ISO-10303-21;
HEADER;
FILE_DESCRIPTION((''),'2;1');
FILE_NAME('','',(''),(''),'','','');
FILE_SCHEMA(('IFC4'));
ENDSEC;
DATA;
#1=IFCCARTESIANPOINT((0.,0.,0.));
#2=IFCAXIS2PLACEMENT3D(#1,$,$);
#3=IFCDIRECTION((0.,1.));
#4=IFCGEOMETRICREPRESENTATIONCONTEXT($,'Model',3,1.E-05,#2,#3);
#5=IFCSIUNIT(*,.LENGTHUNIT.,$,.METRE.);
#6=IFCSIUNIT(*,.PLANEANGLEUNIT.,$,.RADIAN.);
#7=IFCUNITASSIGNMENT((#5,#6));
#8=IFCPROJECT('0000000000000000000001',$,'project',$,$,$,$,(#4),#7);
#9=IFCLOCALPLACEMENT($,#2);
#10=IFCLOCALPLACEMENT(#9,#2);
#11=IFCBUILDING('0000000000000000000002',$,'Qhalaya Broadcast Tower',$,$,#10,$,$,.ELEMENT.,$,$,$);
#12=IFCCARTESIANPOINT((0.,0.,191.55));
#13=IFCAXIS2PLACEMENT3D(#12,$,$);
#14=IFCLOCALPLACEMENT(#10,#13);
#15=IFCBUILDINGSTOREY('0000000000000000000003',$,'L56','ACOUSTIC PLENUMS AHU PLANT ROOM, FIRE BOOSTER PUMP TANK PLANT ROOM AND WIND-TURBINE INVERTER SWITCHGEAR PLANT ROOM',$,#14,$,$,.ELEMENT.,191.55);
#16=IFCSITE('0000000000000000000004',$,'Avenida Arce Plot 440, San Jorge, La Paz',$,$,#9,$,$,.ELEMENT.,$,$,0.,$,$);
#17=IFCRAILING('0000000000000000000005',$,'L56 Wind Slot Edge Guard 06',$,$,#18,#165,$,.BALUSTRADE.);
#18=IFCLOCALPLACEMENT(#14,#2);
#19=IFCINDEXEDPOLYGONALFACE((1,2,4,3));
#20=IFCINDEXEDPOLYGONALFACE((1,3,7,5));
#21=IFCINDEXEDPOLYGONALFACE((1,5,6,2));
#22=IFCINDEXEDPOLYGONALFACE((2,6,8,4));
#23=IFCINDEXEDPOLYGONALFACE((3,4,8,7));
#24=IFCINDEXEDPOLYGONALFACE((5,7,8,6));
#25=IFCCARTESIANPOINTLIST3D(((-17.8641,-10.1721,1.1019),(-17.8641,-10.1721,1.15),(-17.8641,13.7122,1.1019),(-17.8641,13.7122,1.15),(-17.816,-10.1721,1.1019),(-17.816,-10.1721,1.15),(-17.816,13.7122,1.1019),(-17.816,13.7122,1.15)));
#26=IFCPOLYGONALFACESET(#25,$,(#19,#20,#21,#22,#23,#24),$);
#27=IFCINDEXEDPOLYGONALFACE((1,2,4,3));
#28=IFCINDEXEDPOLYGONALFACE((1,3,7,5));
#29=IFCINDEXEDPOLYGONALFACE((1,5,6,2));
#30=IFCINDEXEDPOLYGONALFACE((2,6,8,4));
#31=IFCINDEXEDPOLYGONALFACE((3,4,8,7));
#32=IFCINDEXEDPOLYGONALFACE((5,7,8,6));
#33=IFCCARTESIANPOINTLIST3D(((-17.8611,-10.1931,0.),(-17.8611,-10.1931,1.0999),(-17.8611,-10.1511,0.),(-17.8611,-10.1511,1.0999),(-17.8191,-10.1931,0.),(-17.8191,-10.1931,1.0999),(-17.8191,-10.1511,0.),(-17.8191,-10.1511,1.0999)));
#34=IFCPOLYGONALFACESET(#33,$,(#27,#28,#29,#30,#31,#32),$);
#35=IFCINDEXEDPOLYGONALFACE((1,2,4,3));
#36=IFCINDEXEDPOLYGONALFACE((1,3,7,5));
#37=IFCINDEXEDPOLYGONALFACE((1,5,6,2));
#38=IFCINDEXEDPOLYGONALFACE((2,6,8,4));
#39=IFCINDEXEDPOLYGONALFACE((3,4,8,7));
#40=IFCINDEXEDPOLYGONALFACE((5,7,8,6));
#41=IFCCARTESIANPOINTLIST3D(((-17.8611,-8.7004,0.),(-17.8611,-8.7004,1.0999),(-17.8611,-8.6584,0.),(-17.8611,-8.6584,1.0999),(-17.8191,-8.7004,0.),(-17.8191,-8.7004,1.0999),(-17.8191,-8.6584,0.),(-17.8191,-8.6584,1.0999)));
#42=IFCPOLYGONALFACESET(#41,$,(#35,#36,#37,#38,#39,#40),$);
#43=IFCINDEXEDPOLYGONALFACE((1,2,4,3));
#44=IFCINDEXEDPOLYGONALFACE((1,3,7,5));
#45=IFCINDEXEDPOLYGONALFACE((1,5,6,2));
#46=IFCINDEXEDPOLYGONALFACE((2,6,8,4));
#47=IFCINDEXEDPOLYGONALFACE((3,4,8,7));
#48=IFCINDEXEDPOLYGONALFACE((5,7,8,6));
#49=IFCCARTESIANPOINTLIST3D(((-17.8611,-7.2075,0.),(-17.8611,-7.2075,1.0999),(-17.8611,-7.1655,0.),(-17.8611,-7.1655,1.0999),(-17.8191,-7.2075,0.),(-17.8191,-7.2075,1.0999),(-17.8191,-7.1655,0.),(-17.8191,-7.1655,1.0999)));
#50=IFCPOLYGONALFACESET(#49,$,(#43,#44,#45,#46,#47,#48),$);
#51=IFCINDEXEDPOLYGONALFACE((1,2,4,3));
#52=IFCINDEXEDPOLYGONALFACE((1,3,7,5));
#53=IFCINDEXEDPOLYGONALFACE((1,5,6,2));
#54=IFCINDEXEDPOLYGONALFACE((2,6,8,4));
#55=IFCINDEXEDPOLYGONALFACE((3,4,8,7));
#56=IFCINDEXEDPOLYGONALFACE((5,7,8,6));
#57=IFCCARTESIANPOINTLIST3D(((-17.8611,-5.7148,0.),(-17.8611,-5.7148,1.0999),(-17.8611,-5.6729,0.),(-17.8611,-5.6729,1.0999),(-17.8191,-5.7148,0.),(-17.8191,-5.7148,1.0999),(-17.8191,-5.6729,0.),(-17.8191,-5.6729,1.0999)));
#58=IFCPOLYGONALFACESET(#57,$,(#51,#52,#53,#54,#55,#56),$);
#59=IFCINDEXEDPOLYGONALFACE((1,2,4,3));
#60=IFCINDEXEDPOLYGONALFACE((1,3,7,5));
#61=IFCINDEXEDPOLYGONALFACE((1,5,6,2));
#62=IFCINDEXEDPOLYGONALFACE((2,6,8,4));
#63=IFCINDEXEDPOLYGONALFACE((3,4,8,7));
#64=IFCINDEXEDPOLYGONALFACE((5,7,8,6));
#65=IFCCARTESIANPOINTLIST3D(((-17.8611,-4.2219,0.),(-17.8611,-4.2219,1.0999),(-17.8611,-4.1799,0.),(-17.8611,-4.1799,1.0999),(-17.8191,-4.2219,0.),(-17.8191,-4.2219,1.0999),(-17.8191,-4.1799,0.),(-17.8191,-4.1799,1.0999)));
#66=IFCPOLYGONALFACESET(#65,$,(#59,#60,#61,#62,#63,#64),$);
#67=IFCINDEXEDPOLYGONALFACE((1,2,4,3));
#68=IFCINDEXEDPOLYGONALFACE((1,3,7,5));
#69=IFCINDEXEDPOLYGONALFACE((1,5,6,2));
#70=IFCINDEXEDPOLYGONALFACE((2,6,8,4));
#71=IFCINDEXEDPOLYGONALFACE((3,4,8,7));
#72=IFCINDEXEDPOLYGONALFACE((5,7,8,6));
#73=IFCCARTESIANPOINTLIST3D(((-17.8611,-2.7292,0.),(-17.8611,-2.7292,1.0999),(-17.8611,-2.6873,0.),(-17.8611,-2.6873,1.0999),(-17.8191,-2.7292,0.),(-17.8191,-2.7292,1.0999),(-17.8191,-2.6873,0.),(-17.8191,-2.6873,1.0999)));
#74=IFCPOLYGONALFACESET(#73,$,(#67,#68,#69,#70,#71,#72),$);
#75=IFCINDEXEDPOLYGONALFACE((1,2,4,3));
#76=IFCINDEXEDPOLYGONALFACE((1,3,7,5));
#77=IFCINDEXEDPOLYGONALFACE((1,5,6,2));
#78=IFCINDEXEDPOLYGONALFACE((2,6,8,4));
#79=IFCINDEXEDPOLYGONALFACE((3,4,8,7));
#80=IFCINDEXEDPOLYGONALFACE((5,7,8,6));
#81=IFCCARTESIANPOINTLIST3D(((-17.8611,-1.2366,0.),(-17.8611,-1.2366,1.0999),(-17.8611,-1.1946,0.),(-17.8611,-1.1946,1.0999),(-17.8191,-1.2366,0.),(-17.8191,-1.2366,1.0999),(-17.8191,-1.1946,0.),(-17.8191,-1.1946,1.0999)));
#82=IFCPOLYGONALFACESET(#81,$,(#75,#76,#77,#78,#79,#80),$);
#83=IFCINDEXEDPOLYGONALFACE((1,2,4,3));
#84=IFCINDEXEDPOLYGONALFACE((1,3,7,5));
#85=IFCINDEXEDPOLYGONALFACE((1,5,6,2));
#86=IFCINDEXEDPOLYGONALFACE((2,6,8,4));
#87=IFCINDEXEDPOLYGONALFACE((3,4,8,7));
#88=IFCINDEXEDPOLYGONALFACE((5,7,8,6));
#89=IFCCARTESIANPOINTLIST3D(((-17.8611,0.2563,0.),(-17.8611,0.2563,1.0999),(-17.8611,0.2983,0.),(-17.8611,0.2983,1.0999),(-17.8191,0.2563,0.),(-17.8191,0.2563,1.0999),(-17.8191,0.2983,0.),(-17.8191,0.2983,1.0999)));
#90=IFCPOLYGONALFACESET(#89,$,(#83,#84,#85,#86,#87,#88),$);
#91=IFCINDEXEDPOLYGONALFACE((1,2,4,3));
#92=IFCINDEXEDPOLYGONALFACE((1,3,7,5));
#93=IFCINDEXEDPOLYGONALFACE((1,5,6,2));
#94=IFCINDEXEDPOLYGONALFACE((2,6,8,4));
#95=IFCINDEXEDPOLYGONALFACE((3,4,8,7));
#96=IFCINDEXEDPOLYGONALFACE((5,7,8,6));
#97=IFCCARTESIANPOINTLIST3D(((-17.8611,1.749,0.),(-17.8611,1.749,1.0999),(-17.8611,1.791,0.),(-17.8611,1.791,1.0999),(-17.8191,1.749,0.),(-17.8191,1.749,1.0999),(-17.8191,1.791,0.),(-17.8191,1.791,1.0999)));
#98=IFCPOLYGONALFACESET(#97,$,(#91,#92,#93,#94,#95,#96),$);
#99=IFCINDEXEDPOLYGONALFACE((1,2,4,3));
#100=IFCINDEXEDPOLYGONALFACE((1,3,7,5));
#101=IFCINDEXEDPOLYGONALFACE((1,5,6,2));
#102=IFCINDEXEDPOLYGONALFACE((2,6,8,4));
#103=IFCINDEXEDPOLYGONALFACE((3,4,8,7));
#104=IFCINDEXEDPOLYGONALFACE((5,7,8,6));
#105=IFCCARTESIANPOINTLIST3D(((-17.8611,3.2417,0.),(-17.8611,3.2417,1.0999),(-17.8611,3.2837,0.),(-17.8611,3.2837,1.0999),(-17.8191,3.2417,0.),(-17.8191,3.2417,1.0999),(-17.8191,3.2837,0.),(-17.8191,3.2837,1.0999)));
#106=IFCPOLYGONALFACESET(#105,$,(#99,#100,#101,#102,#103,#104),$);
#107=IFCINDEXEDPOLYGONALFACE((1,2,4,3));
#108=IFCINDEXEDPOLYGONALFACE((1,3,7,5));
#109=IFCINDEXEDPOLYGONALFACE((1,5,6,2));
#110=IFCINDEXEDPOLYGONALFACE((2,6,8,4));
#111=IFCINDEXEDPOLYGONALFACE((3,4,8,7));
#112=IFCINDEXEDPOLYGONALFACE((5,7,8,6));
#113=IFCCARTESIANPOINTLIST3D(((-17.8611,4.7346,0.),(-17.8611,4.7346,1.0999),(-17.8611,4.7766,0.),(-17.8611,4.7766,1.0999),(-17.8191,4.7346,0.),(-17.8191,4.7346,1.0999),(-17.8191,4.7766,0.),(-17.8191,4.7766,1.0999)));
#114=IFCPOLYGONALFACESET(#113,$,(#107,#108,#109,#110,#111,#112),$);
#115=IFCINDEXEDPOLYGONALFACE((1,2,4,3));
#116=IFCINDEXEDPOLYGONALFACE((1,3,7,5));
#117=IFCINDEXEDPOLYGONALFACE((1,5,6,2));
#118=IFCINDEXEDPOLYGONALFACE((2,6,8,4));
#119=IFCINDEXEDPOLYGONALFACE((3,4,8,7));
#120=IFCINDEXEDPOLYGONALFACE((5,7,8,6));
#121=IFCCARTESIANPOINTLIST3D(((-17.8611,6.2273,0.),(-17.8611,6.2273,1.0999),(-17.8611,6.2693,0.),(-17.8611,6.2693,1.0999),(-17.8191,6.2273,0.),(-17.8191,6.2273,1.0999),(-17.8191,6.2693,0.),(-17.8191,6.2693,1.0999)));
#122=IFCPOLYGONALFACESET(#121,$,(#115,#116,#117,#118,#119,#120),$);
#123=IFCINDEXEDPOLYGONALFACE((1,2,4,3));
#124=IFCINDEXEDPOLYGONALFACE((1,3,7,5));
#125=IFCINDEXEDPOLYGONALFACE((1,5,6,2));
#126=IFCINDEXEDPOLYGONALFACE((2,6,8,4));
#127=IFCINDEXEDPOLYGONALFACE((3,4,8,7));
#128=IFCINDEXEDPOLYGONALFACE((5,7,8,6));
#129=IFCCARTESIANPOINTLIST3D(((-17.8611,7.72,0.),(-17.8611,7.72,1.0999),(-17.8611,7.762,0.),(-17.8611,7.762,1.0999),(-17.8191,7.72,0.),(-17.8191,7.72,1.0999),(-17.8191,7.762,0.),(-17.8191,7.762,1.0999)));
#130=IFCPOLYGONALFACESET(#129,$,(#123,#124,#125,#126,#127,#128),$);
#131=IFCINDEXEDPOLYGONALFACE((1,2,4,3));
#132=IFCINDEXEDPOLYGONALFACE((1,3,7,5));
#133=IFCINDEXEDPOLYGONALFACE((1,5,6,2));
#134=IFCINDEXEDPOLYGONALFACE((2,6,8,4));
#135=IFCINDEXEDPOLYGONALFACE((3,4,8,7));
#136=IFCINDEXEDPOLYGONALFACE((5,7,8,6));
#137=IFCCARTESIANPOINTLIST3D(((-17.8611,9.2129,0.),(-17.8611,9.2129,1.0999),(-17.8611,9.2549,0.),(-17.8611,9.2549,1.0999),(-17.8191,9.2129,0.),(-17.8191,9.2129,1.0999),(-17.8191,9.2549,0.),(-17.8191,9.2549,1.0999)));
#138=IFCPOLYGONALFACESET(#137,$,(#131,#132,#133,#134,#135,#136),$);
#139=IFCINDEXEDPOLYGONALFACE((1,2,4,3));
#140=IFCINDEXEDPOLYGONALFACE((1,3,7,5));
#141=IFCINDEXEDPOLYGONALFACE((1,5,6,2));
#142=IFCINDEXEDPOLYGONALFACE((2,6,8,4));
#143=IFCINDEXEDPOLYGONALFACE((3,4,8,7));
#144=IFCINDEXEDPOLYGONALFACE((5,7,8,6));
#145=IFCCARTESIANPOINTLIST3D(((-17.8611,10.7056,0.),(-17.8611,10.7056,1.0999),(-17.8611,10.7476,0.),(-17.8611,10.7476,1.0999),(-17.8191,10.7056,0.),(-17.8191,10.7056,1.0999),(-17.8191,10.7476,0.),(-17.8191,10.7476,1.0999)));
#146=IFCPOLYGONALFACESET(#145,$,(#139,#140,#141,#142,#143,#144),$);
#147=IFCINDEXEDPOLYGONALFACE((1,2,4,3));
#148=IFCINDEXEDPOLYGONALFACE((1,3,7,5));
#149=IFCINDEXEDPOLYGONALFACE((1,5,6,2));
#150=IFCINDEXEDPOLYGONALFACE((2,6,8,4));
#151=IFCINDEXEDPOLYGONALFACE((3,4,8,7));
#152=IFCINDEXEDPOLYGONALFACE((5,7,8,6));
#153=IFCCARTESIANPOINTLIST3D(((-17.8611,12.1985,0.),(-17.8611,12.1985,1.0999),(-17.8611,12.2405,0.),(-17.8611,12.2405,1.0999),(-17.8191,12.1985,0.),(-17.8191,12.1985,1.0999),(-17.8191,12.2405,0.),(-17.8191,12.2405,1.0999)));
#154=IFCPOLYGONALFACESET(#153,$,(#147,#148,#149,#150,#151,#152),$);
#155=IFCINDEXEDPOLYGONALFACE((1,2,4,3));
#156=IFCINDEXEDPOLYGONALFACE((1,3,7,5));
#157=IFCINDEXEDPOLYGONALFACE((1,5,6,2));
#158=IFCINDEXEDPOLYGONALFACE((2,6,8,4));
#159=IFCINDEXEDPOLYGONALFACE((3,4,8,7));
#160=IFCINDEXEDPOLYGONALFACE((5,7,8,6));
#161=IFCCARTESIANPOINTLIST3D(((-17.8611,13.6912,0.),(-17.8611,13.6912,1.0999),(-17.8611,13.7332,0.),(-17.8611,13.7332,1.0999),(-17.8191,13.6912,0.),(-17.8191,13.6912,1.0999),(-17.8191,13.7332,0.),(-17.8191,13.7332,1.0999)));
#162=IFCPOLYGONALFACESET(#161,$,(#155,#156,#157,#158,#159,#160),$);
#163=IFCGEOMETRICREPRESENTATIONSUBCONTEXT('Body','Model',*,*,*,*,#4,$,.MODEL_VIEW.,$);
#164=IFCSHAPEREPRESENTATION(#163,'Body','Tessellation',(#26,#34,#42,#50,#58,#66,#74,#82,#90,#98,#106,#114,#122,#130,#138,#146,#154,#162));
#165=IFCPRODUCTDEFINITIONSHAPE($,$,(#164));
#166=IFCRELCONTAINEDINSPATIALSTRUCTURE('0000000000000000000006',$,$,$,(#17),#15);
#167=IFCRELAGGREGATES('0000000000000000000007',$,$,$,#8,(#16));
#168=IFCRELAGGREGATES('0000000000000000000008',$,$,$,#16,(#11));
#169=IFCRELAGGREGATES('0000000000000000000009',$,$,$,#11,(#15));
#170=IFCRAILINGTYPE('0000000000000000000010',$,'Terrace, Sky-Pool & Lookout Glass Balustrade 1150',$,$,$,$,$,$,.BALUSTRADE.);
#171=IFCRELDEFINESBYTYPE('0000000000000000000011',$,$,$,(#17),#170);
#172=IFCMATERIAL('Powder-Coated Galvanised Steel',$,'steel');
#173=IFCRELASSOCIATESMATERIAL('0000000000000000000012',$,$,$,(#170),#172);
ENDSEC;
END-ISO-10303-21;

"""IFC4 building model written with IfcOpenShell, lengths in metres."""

from ifc_helpers import new_model, si_unit, direction, frame, origin, origin_2d, place, context, subcontext, project, spatial, rectangle, extrude, material, type_object, element, save


model = new_model("IFC4")

# Units and contexts
model_context = context("Model", 3, precision=1e-05, world=origin(), true_north=direction((0.0, 1.0)))
body_context = subcontext(model_context, "Body", "Model", "MODEL_VIEW")
ifc_project = project(units=[si_unit("LENGTHUNIT", "METRE"), si_unit("PLANEANGLEUNIT", "RADIAN")], contexts=[model_context])

# Site, building, storey
site_placement = place(None, origin())
site = spatial("IfcSite", under=ifc_project, at=site_placement, Name="Avenida Arce Plot 440, San Jorge, La Paz", CompositionType="ELEMENT", RefElevation=0.0)
building_placement = place(site_placement, origin())
building = spatial("IfcBuilding", under=site, at=building_placement, Name="Qhalaya Broadcast Tower", CompositionType="ELEMENT")
storey_placement = place(building_placement, frame((0.0, 0.0, 191.55)))
storey = spatial("IfcBuildingStorey", under=building, at=storey_placement, Name="L56", Description="ACOUSTIC PLENUMS AHU PLANT ROOM, FIRE BOOSTER PUMP TANK PLANT ROOM AND WIND-TURBINE INVERTER SWITCHGEAR PLANT ROOM", CompositionType="ELEMENT", Elevation=191.55)

# Railing
ifc_material_1 = material(Name="Powder-Coated Galvanised Steel", Category="steel")
railing_type = type_object("IfcRailingType", Name="Terrace, Sky-Pool & Lookout Glass Balustrade 1150", PredefinedType="BALUSTRADE", material=ifc_material_1)
railing_1_placement = place(storey_placement, frame((-17.8401, -10.1721, 0.0)))
element("IfcRailing", 1, at=railing_1_placement, inside=storey, type_object=railing_type, Name="L56 Wind Slot Edge Guard 06", PredefinedType="BALUSTRADE", context=body_context, shape_type="SweptSolid", body=[
    extrude(rectangle(XDim=0.0481, YDim=0.0481, at=origin_2d()), frame((0.0, 0.0, 1.126), z_axis=(0.0, 1.0, 0.0), x_axis=(-1.0, 0.0, 0.0)), (0.0, 0.0, 1.0), 23.8843),
    extrude(rectangle(XDim=0.042, YDim=0.042, at=origin_2d()), origin(), (0.0, 0.0, 1.0), 1.0999),
    extrude(rectangle(XDim=0.042, YDim=0.042, at=origin_2d()), frame((0.0, 1.4927, 0.0)), (0.0, 0.0, 1.0), 1.0999),
    extrude(rectangle(XDim=0.042, YDim=0.042, at=origin_2d()), frame((0.0, 2.9856, 0.0)), (0.0, 0.0, 1.0), 1.0999),
    extrude(rectangle(XDim=0.042, YDim=0.042, at=origin_2d()), frame((0.0, 4.4783, 0.0)), (0.0, 0.0, 1.0), 1.0999),
    extrude(rectangle(XDim=0.042, YDim=0.042, at=origin_2d()), frame((0.0, 5.9712, 0.0)), (0.0, 0.0, 1.0), 1.0999),
    extrude(rectangle(XDim=0.042, YDim=0.042, at=origin_2d()), frame((0.0, 7.4639, 0.0)), (0.0, 0.0, 1.0), 1.0999),
    extrude(rectangle(XDim=0.042, YDim=0.042, at=origin_2d()), frame((0.0, 8.9565, 0.0)), (0.0, 0.0, 1.0), 1.0999),
    extrude(rectangle(XDim=0.042, YDim=0.042, at=origin_2d()), frame((0.0, 10.4495, 0.0)), (0.0, 0.0, 1.0), 1.0999),
    extrude(rectangle(XDim=0.042, YDim=0.042, at=origin_2d()), frame((0.0, 11.9421, 0.0)), (0.0, 0.0, 1.0), 1.0999),
    extrude(rectangle(XDim=0.042, YDim=0.042, at=origin_2d()), frame((0.0, 13.4348, 0.0)), (0.0, 0.0, 1.0), 1.0999),
    extrude(rectangle(XDim=0.042, YDim=0.042, at=origin_2d()), frame((0.0, 14.9277, 0.0)), (0.0, 0.0, 1.0), 1.0999),
    extrude(rectangle(XDim=0.042, YDim=0.042, at=origin_2d()), frame((0.0, 16.4204, 0.0)), (0.0, 0.0, 1.0), 1.0999),
    extrude(rectangle(XDim=0.042, YDim=0.042, at=origin_2d()), frame((0.0, 17.9131, 0.0)), (0.0, 0.0, 1.0), 1.0999),
    extrude(rectangle(XDim=0.042, YDim=0.042, at=origin_2d()), frame((0.0, 19.406, 0.0)), (0.0, 0.0, 1.0), 1.0999),
    extrude(rectangle(XDim=0.042, YDim=0.042, at=origin_2d()), frame((0.0, 20.8987, 0.0)), (0.0, 0.0, 1.0), 1.0999),
    extrude(rectangle(XDim=0.042, YDim=0.042, at=origin_2d()), frame((0.0, 22.3916, 0.0)), (0.0, 0.0, 1.0), 1.0999),
    extrude(rectangle(XDim=0.042, YDim=0.042, at=origin_2d()), frame((0.0, 23.8843, 0.0)), (0.0, 0.0, 1.0), 1.0999),
])

save(model, "model.ifc")
